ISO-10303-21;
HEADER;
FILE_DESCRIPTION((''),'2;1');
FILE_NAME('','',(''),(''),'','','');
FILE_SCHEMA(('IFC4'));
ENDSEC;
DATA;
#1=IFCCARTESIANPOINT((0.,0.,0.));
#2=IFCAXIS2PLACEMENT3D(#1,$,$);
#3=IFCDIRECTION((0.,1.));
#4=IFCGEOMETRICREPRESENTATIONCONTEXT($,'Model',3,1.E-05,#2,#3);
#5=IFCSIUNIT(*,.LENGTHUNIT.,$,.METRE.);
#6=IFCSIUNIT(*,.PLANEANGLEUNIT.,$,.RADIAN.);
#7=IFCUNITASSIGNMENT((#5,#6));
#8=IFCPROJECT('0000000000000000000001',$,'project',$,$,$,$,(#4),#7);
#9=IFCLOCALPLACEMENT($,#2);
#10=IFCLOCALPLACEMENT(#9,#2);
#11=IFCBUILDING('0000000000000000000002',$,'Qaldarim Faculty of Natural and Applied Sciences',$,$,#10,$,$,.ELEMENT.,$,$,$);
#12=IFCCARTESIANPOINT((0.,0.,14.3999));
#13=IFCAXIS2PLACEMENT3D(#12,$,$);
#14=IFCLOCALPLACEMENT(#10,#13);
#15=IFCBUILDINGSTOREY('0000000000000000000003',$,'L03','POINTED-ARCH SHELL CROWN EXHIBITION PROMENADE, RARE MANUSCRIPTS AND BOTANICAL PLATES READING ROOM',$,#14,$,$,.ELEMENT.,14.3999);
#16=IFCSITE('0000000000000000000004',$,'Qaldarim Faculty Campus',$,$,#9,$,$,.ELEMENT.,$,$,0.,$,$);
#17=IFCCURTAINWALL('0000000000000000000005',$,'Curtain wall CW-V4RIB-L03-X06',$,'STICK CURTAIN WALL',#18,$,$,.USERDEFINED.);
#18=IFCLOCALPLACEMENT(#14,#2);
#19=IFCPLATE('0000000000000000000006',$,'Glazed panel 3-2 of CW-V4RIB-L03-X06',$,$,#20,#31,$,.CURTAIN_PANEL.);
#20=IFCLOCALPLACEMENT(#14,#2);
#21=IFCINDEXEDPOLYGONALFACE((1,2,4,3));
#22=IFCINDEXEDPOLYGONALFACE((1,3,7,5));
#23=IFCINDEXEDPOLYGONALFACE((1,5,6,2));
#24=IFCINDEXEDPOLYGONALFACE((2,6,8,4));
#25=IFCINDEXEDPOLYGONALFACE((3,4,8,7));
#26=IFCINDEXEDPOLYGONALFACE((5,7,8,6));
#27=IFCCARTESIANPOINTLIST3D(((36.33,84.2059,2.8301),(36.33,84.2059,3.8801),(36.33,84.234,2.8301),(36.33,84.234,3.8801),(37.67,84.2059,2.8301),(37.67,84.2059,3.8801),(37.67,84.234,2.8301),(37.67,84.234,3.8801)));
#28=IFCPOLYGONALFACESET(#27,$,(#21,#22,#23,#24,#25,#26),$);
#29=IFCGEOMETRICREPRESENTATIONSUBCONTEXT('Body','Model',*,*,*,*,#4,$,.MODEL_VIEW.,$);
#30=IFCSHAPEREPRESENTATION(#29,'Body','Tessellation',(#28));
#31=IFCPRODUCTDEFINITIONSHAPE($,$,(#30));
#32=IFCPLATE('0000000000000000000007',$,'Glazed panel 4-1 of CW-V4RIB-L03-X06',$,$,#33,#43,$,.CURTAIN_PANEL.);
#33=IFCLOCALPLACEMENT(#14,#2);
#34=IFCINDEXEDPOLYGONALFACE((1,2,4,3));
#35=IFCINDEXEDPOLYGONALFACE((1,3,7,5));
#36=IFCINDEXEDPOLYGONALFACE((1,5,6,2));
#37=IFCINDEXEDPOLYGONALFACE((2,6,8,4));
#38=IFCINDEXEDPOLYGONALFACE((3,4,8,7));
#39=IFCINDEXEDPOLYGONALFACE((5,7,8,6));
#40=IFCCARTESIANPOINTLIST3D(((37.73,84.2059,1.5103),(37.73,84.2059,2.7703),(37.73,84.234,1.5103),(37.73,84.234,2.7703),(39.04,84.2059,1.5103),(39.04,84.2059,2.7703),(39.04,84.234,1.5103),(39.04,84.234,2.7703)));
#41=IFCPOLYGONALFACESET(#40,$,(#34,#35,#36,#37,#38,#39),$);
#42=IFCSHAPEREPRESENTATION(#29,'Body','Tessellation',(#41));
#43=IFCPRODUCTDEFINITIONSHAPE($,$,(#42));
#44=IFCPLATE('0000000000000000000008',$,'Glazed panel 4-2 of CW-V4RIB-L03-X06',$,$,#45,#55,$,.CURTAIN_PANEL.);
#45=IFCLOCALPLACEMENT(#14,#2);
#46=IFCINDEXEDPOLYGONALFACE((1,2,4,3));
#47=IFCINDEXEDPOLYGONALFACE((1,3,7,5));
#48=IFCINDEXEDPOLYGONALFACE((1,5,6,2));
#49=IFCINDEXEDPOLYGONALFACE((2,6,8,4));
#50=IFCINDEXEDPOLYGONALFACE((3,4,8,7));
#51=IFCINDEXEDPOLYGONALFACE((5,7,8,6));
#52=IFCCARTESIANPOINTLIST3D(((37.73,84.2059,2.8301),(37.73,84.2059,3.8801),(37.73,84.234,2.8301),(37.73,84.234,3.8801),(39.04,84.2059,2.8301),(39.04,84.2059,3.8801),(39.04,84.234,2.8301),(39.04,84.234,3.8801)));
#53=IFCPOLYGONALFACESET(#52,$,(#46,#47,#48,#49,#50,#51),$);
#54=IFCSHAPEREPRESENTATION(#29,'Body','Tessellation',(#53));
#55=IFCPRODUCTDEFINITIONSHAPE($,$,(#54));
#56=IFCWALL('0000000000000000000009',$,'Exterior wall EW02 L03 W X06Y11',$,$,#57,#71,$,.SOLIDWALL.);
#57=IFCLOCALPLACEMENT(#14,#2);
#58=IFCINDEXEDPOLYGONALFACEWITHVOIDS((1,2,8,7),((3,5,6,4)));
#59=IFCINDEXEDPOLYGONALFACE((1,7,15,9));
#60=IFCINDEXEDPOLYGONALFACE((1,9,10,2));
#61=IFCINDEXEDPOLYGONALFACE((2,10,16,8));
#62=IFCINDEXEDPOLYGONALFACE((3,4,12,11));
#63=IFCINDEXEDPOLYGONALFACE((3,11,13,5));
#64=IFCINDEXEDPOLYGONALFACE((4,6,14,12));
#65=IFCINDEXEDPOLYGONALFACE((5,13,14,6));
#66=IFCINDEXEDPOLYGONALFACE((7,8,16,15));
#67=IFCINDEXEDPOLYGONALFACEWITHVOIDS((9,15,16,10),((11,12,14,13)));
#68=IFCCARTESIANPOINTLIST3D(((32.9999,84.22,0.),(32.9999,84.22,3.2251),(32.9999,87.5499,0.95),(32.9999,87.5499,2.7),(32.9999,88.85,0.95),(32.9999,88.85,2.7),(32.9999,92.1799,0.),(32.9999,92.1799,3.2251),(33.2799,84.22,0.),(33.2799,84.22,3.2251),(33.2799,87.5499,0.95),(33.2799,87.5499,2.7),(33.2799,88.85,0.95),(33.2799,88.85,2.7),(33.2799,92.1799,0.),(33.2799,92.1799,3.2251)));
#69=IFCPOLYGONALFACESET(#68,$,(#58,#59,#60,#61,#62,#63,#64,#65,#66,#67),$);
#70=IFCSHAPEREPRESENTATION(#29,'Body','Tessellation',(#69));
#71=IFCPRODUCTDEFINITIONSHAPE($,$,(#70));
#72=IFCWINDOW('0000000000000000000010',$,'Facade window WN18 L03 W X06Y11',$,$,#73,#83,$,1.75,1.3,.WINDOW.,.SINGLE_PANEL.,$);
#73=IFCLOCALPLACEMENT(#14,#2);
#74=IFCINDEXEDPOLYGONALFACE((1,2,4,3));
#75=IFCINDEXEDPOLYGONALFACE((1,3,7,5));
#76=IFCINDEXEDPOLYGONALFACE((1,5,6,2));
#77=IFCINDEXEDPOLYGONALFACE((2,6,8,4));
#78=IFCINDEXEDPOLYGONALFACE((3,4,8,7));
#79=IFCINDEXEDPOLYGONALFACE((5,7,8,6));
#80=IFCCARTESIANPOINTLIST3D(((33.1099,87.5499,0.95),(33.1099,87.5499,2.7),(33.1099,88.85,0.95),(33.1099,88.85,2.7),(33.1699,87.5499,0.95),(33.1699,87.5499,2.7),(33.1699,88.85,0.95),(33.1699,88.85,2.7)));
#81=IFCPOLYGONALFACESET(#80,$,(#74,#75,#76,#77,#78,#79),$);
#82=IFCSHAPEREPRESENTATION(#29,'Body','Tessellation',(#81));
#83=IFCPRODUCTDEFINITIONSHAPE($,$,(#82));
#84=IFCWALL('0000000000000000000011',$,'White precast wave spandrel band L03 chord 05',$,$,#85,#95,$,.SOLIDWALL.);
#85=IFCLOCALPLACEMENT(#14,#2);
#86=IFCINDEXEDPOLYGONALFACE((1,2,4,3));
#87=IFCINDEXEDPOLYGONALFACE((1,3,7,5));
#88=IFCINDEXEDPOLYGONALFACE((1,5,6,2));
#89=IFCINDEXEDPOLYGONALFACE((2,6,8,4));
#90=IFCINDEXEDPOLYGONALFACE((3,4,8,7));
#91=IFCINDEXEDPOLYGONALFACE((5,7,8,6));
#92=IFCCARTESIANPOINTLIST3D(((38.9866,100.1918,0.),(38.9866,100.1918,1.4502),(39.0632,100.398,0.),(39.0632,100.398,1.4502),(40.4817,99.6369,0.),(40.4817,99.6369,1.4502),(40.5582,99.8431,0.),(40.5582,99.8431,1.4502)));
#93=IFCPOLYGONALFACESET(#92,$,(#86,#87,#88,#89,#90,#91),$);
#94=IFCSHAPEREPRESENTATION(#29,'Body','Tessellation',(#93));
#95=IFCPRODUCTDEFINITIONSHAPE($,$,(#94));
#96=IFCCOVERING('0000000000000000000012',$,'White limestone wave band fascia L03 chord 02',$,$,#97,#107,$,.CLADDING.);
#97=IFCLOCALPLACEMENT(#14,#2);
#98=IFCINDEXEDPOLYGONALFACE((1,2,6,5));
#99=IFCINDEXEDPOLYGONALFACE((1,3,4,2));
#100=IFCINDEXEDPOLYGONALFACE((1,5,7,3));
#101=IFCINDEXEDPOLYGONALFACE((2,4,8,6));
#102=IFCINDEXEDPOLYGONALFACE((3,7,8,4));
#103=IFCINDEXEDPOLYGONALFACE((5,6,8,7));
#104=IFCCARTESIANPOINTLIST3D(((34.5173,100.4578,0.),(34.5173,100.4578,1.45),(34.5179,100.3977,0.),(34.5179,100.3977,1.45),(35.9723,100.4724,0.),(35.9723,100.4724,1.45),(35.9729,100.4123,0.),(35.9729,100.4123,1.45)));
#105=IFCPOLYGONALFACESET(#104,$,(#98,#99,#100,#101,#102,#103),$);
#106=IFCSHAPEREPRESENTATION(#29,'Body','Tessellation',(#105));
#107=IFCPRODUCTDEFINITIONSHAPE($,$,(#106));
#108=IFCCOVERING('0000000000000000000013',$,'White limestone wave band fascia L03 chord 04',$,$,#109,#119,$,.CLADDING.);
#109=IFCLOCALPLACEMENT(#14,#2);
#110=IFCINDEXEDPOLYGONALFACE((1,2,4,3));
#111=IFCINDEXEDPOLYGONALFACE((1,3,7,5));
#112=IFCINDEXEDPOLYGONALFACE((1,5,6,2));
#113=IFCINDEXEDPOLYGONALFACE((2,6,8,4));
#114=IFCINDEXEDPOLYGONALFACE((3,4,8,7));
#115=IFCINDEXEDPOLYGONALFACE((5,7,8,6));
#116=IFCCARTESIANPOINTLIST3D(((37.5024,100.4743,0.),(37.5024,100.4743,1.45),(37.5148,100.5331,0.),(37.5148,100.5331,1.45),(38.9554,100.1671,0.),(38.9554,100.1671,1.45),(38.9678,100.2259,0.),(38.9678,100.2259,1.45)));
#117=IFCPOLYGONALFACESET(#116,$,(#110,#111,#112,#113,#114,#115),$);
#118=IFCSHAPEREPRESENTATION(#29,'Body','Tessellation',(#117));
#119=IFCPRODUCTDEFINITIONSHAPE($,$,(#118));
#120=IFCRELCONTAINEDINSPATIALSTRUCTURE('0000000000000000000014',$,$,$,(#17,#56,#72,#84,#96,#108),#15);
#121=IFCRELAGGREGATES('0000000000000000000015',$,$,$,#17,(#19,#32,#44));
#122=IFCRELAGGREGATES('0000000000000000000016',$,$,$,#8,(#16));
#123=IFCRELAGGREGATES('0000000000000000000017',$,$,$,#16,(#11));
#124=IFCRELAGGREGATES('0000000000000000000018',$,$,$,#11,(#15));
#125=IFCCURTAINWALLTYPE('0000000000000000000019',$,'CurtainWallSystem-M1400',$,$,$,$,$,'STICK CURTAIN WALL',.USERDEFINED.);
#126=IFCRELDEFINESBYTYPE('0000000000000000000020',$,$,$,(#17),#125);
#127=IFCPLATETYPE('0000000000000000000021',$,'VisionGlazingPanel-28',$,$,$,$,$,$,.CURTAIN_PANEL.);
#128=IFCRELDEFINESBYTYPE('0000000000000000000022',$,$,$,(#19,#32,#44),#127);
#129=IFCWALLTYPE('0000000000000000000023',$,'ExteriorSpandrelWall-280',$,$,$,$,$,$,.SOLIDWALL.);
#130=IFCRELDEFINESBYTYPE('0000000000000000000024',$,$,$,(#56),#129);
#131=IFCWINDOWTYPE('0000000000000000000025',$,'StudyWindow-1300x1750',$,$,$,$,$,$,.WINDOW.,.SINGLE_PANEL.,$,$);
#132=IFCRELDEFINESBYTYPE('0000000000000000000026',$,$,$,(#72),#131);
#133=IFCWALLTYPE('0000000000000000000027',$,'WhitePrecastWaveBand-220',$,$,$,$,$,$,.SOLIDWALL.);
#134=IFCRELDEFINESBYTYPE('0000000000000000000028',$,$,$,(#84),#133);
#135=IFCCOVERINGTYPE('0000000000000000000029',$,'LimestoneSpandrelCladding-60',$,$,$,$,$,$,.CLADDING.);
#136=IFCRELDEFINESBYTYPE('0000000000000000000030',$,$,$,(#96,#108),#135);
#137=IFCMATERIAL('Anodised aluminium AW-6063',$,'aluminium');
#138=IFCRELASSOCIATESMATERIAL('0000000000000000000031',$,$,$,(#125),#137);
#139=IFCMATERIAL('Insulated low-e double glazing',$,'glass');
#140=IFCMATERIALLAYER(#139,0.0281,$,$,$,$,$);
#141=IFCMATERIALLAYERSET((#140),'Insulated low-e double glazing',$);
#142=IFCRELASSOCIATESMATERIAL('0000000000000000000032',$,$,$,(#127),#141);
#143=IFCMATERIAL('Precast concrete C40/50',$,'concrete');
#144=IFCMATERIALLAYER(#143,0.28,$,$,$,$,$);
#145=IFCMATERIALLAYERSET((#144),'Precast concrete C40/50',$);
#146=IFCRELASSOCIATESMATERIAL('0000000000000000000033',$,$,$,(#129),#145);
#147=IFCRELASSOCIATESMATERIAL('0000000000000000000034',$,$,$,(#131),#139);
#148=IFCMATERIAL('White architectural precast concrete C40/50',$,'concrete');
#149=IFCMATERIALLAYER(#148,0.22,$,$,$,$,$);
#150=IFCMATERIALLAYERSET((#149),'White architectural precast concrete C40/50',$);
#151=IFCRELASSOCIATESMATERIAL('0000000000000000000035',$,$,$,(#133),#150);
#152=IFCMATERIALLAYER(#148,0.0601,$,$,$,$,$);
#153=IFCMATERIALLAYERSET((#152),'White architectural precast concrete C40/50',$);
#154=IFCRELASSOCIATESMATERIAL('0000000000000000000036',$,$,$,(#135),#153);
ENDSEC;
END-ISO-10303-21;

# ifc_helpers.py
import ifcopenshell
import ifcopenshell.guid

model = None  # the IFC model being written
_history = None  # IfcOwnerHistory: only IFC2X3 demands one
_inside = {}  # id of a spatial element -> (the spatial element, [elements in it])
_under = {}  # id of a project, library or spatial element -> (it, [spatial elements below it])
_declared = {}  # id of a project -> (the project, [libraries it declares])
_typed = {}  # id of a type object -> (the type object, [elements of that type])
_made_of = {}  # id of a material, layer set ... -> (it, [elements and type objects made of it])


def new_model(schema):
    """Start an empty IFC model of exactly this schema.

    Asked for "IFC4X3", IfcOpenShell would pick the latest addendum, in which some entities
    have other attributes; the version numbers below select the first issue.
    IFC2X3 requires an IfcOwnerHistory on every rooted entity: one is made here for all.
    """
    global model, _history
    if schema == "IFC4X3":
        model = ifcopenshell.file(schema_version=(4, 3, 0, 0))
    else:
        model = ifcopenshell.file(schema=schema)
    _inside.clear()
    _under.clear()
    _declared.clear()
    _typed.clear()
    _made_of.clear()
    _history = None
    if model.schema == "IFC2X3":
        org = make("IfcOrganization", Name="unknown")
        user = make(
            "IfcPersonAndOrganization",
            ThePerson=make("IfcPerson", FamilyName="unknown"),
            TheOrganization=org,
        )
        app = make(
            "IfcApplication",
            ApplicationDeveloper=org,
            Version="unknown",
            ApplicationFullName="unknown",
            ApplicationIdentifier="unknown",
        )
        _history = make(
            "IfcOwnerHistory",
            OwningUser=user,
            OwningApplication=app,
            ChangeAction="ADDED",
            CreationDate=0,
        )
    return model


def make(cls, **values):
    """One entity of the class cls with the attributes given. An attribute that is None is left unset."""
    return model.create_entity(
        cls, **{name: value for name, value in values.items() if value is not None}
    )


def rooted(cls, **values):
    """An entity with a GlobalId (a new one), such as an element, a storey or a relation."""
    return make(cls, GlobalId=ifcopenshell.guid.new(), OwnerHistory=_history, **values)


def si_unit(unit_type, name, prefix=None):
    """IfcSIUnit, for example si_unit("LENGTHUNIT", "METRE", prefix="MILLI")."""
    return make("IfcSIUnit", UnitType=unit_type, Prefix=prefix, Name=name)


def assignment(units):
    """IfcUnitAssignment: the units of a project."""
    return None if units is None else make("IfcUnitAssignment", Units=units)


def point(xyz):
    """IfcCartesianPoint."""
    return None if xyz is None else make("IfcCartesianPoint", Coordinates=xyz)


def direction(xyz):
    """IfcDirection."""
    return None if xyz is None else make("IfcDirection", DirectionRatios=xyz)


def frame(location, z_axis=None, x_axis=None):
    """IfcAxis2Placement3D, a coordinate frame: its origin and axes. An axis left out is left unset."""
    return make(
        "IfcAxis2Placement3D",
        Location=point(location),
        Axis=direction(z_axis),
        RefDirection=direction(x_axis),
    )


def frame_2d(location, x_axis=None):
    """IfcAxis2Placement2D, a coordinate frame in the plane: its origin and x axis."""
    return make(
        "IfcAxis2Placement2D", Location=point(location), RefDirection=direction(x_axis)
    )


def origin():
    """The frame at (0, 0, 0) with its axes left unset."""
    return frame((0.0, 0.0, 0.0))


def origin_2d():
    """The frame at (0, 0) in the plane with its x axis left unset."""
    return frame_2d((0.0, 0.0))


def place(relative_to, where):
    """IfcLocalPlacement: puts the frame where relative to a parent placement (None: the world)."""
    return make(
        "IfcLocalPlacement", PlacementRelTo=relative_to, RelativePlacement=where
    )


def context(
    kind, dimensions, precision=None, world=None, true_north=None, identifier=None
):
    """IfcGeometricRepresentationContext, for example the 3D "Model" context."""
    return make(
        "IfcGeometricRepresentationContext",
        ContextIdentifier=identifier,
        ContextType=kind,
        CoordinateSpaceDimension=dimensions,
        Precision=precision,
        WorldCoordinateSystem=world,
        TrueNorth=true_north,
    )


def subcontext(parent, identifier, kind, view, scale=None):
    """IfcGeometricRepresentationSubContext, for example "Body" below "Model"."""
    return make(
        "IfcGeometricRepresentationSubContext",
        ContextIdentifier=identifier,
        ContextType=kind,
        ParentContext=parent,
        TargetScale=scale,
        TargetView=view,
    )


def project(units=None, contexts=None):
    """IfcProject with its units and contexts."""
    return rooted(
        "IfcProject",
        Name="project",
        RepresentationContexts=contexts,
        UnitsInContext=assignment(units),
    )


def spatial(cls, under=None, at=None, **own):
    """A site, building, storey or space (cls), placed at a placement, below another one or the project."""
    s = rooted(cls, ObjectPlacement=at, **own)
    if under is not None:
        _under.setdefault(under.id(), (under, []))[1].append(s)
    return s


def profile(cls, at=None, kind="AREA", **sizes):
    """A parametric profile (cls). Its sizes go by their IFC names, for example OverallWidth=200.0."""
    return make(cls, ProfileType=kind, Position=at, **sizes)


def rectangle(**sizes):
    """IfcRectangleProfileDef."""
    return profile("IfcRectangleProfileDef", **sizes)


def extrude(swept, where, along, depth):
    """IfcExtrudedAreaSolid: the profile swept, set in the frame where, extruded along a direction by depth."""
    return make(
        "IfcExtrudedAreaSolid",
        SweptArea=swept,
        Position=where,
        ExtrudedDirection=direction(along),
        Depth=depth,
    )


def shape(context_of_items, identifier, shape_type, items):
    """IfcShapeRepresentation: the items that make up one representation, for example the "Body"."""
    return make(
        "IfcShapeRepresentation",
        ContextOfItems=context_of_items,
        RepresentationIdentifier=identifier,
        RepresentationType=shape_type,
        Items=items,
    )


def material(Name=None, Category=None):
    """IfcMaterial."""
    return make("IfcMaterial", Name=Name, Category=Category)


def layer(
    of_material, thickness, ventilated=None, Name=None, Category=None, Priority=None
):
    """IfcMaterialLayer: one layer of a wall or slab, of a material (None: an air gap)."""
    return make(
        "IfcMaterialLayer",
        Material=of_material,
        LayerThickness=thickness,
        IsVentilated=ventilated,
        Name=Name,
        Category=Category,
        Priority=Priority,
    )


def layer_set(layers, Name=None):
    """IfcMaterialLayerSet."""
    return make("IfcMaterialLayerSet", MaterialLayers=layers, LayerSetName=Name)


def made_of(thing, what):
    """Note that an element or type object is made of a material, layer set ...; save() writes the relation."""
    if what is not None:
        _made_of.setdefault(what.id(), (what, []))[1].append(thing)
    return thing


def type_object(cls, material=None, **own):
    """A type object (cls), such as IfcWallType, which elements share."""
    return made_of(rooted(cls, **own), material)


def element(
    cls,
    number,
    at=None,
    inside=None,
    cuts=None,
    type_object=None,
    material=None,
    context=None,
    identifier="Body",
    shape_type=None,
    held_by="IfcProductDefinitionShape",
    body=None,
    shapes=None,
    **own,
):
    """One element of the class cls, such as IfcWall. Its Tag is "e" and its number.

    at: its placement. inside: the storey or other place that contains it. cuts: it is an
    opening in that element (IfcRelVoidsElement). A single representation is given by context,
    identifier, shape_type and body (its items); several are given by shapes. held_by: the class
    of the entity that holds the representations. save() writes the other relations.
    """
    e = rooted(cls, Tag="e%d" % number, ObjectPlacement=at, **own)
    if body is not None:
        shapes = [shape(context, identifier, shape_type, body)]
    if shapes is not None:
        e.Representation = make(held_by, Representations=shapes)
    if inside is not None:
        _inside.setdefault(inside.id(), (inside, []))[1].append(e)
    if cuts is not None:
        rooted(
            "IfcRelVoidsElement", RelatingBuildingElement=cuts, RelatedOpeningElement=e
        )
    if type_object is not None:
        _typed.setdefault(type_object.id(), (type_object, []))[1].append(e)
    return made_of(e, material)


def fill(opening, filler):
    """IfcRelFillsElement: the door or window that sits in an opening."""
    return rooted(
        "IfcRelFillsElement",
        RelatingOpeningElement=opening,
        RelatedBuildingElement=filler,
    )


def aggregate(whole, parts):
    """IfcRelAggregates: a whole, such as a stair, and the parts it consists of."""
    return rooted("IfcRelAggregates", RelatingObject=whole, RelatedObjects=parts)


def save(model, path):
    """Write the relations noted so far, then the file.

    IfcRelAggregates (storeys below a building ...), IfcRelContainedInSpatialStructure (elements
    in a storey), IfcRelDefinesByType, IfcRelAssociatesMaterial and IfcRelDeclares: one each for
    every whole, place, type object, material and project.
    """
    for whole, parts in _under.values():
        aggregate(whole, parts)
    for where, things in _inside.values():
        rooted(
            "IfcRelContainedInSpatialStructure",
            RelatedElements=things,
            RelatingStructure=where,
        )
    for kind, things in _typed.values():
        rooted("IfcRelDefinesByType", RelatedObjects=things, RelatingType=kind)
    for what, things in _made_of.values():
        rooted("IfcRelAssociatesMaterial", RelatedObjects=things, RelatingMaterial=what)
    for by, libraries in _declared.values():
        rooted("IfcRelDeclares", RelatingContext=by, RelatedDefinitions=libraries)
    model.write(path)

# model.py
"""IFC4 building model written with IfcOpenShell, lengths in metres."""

from ifc_helpers import new_model, si_unit, direction, frame, frame_2d, origin, origin_2d, place, context, subcontext, project, spatial, rectangle, extrude, material, layer, layer_set, type_object, element, fill, aggregate, save


model = new_model("IFC4")

# Units and contexts
model_context = context("Model", 3, precision=1e-05, world=origin(), true_north=direction((0.0, 1.0)))
body_context = subcontext(model_context, "Body", "Model", "MODEL_VIEW")
ifc_project = project(units=[si_unit("LENGTHUNIT", "METRE"), si_unit("PLANEANGLEUNIT", "RADIAN")], contexts=[model_context])

# Site, building, storey
site_placement = place(None, origin())
site = spatial("IfcSite", under=ifc_project, at=site_placement, Name="Qaldarim Faculty Campus", CompositionType="ELEMENT", RefElevation=0.0)
building_placement = place(site_placement, origin())
building = spatial("IfcBuilding", under=site, at=building_placement, Name="Qaldarim Faculty of Natural and Applied Sciences", CompositionType="ELEMENT")
storey_placement = place(building_placement, frame((0.0, 0.0, 14.3999)))
storey = spatial("IfcBuildingStorey", under=building, at=storey_placement, Name="L03", Description="POINTED-ARCH SHELL CROWN EXHIBITION PROMENADE, RARE MANUSCRIPTS AND BOTANICAL PLATES READING ROOM", CompositionType="ELEMENT", Elevation=14.3999)

# Curtain wall
ifc_material_1 = material(Name="Anodised aluminium AW-6063", Category="aluminium")
curtain_wall_type = type_object("IfcCurtainWallType", Name="CurtainWallSystem-M1400", ElementType="STICK CURTAIN WALL", PredefinedType="USERDEFINED", material=ifc_material_1)
curtain_wall_placement = place(storey_placement, origin())
curtain_wall = element("IfcCurtainWall", 1, at=curtain_wall_placement, inside=storey, type_object=curtain_wall_type, Name="Curtain wall CW-V4RIB-L03-X06", ObjectType="STICK CURTAIN WALL", PredefinedType="USERDEFINED")

# Shared definitions
ifc_material_2 = material(Name="Precast concrete C40/50", Category="concrete")

# Plates
ifc_material_3 = material(Name="Insulated low-e double glazing", Category="glass")
ifc_layer_1 = layer(ifc_material_3, 0.0281)
ifc_layer_set_1 = layer_set([ifc_layer_1], Name="Insulated low-e double glazing")
plate_type = type_object("IfcPlateType", Name="VisionGlazingPanel-28", PredefinedType="CURTAIN_PANEL", material=ifc_layer_set_1)
plate_1_placement = place(storey_placement, frame((37.0, 84.22, 2.8301), z_axis=(0.0, 0.0, 1.0), x_axis=(1.0, 0.0, 0.0)))
plate_1 = element("IfcPlate", 2, at=plate_1_placement, type_object=plate_type, Name="Glazed panel 3-2 of CW-V4RIB-L03-X06", PredefinedType="CURTAIN_PANEL", context=body_context, shape_type="SweptSolid", body=[
    extrude(rectangle(XDim=1.3401, YDim=0.0281, at=origin_2d()), origin(), (0.0, 0.0, 1.0), 1.05),
])
plate_2_placement = place(storey_placement, frame((38.385, 84.22, 1.5103), z_axis=(0.0, 0.0, 1.0), x_axis=(1.0, 0.0, 0.0)))
plate_2 = element("IfcPlate", 3, at=plate_2_placement, type_object=plate_type, Name="Glazed panel 4-1 of CW-V4RIB-L03-X06", PredefinedType="CURTAIN_PANEL", context=body_context, shape_type="SweptSolid", body=[
    extrude(rectangle(XDim=1.3101, YDim=0.0281, at=origin_2d()), origin(), (0.0, 0.0, 1.0), 1.26),
])
plate_3_placement = place(storey_placement, frame((38.385, 84.22, 2.8301), z_axis=(0.0, 0.0, 1.0), x_axis=(1.0, 0.0, 0.0)))
plate_3 = element("IfcPlate", 4, at=plate_3_placement, type_object=plate_type, Name="Glazed panel 4-2 of CW-V4RIB-L03-X06", PredefinedType="CURTAIN_PANEL", context=body_context, shape_type="SweptSolid", body=[
    extrude(rectangle(XDim=1.3101, YDim=0.0281, at=origin_2d()), origin(), (0.0, 0.0, 1.0), 1.05),
])
aggregate(curtain_wall, [plate_1, plate_2, plate_3])

# Wall, opening, window
ifc_layer_2 = layer(ifc_material_2, 0.28)
ifc_layer_set_2 = layer_set([ifc_layer_2], Name="Precast concrete C40/50")
wall_type_1 = type_object("IfcWallType", Name="ExteriorSpandrelWall-280", PredefinedType="SOLIDWALL", material=ifc_layer_set_2)
wall_1_placement = place(storey_placement, frame((33.1399, 92.1799, 0.0), z_axis=(0.0, 0.0, 1.0), x_axis=(0.0, -1.0, 0.0)))
wall_1 = element("IfcWall", 5, at=wall_1_placement, inside=storey, type_object=wall_type_1, Name="Exterior wall EW02 L03 W X06Y11", PredefinedType="SOLIDWALL", context=body_context, shape_type="SweptSolid", body=[
    extrude(rectangle(XDim=7.96, YDim=0.28, at=frame_2d((3.98, 0.0))), origin(), (0.0, 0.0, 1.0), 3.2251),
])
opening_placement = place(wall_1_placement, frame((3.3301, 0.0, 0.95)))
opening = element("IfcOpeningElement", 6, at=opening_placement, cuts=wall_1, PredefinedType="OPENING", context=body_context, shape_type="SweptSolid", body=[
    extrude(rectangle(XDim=1.3, YDim=1.75, at=frame_2d((0.6499, 0.875))), frame((0.0, 0.1499, 0.0), z_axis=(0.0, -1.0, 0.0), x_axis=(1.0, 0.0, 0.0)), (0.0, 0.0, 1.0), 0.3),
])
window_type = type_object("IfcWindowType", Name="StudyWindow-1300x1750", PartitioningType="SINGLE_PANEL", PredefinedType="WINDOW", material=ifc_material_3)
window_placement = place(opening_placement, origin())
window = element("IfcWindow", 7, at=window_placement, inside=storey, type_object=window_type, Name="Facade window WN18 L03 W X06Y11", OverallHeight=1.75, OverallWidth=1.3, PartitioningType="SINGLE_PANEL", PredefinedType="WINDOW", context=body_context, shape_type="SweptSolid", body=[
    extrude(rectangle(XDim=1.3, YDim=1.75, at=frame_2d((0.6499, 0.875))), frame((0.0, 0.03, 0.0), z_axis=(0.0, -1.0, 0.0), x_axis=(1.0, 0.0, 0.0)), (0.0, 0.0, 1.0), 0.0601),
])
fill(opening, window)

# Wall
ifc_material_4 = material(Name="White architectural precast concrete C40/50", Category="concrete")
ifc_layer_3 = layer(ifc_material_4, 0.22)
ifc_layer_set_3 = layer_set([ifc_layer_3], Name="White architectural precast concrete C40/50")
wall_type_2 = type_object("IfcWallType", Name="WhitePrecastWaveBand-220", PredefinedType="SOLIDWALL", material=ifc_layer_set_3)
wall_2_placement = place(storey_placement, frame((39.0249, 100.2949, 0.0), z_axis=(0.0, 0.0, 1.0), x_axis=(0.937507, -0.347967, 0.0)))
element("IfcWall", 8, at=wall_2_placement, inside=storey, type_object=wall_type_2, Name="White precast wave spandrel band L03 chord 05", PredefinedType="SOLIDWALL", context=body_context, shape_type="SweptSolid", body=[
    extrude(rectangle(XDim=1.5947, YDim=0.22, at=frame_2d((0.7974, 0.0))), origin(), (0.0, 0.0, 1.0), 1.4502),
])

# Coverings
ifc_layer_4 = layer(ifc_material_4, 0.0601)
ifc_layer_set_4 = layer_set([ifc_layer_4], Name="White architectural precast concrete C40/50")
covering_type = type_object("IfcCoveringType", Name="LimestoneSpandrelCladding-60", PredefinedType="CLADDING", material=ifc_layer_set_4)
covering_1_placement = place(storey_placement, frame((35.2451, 100.4351, 0.0), z_axis=(0.0, 0.0, 1.0), x_axis=(0.99995, 0.010035, 0.0)))
element("IfcCovering", 9, at=covering_1_placement, inside=storey, type_object=covering_type, Name="White limestone wave band fascia L03 chord 02", PredefinedType="CLADDING", context=body_context, shape_type="SweptSolid", body=[
    extrude(rectangle(XDim=1.4551, YDim=0.0601, at=origin_2d()), origin(), (0.0, 0.0, 1.0), 1.45),
])
covering_2_placement = place(storey_placement, frame((38.2351, 100.3501, 0.0), z_axis=(0.0, 0.0, 1.0), x_axis=(0.978376, -0.206836, 0.0)))
element("IfcCovering", 10, at=covering_2_placement, inside=storey, type_object=covering_type, Name="White limestone wave band fascia L03 chord 04", PredefinedType="CLADDING", context=body_context, shape_type="SweptSolid", body=[
    extrude(rectangle(XDim=1.4851, YDim=0.0601, at=origin_2d()), origin(), (0.0, 0.0, 1.0), 1.45),
])

save(model, "model.ifc")
